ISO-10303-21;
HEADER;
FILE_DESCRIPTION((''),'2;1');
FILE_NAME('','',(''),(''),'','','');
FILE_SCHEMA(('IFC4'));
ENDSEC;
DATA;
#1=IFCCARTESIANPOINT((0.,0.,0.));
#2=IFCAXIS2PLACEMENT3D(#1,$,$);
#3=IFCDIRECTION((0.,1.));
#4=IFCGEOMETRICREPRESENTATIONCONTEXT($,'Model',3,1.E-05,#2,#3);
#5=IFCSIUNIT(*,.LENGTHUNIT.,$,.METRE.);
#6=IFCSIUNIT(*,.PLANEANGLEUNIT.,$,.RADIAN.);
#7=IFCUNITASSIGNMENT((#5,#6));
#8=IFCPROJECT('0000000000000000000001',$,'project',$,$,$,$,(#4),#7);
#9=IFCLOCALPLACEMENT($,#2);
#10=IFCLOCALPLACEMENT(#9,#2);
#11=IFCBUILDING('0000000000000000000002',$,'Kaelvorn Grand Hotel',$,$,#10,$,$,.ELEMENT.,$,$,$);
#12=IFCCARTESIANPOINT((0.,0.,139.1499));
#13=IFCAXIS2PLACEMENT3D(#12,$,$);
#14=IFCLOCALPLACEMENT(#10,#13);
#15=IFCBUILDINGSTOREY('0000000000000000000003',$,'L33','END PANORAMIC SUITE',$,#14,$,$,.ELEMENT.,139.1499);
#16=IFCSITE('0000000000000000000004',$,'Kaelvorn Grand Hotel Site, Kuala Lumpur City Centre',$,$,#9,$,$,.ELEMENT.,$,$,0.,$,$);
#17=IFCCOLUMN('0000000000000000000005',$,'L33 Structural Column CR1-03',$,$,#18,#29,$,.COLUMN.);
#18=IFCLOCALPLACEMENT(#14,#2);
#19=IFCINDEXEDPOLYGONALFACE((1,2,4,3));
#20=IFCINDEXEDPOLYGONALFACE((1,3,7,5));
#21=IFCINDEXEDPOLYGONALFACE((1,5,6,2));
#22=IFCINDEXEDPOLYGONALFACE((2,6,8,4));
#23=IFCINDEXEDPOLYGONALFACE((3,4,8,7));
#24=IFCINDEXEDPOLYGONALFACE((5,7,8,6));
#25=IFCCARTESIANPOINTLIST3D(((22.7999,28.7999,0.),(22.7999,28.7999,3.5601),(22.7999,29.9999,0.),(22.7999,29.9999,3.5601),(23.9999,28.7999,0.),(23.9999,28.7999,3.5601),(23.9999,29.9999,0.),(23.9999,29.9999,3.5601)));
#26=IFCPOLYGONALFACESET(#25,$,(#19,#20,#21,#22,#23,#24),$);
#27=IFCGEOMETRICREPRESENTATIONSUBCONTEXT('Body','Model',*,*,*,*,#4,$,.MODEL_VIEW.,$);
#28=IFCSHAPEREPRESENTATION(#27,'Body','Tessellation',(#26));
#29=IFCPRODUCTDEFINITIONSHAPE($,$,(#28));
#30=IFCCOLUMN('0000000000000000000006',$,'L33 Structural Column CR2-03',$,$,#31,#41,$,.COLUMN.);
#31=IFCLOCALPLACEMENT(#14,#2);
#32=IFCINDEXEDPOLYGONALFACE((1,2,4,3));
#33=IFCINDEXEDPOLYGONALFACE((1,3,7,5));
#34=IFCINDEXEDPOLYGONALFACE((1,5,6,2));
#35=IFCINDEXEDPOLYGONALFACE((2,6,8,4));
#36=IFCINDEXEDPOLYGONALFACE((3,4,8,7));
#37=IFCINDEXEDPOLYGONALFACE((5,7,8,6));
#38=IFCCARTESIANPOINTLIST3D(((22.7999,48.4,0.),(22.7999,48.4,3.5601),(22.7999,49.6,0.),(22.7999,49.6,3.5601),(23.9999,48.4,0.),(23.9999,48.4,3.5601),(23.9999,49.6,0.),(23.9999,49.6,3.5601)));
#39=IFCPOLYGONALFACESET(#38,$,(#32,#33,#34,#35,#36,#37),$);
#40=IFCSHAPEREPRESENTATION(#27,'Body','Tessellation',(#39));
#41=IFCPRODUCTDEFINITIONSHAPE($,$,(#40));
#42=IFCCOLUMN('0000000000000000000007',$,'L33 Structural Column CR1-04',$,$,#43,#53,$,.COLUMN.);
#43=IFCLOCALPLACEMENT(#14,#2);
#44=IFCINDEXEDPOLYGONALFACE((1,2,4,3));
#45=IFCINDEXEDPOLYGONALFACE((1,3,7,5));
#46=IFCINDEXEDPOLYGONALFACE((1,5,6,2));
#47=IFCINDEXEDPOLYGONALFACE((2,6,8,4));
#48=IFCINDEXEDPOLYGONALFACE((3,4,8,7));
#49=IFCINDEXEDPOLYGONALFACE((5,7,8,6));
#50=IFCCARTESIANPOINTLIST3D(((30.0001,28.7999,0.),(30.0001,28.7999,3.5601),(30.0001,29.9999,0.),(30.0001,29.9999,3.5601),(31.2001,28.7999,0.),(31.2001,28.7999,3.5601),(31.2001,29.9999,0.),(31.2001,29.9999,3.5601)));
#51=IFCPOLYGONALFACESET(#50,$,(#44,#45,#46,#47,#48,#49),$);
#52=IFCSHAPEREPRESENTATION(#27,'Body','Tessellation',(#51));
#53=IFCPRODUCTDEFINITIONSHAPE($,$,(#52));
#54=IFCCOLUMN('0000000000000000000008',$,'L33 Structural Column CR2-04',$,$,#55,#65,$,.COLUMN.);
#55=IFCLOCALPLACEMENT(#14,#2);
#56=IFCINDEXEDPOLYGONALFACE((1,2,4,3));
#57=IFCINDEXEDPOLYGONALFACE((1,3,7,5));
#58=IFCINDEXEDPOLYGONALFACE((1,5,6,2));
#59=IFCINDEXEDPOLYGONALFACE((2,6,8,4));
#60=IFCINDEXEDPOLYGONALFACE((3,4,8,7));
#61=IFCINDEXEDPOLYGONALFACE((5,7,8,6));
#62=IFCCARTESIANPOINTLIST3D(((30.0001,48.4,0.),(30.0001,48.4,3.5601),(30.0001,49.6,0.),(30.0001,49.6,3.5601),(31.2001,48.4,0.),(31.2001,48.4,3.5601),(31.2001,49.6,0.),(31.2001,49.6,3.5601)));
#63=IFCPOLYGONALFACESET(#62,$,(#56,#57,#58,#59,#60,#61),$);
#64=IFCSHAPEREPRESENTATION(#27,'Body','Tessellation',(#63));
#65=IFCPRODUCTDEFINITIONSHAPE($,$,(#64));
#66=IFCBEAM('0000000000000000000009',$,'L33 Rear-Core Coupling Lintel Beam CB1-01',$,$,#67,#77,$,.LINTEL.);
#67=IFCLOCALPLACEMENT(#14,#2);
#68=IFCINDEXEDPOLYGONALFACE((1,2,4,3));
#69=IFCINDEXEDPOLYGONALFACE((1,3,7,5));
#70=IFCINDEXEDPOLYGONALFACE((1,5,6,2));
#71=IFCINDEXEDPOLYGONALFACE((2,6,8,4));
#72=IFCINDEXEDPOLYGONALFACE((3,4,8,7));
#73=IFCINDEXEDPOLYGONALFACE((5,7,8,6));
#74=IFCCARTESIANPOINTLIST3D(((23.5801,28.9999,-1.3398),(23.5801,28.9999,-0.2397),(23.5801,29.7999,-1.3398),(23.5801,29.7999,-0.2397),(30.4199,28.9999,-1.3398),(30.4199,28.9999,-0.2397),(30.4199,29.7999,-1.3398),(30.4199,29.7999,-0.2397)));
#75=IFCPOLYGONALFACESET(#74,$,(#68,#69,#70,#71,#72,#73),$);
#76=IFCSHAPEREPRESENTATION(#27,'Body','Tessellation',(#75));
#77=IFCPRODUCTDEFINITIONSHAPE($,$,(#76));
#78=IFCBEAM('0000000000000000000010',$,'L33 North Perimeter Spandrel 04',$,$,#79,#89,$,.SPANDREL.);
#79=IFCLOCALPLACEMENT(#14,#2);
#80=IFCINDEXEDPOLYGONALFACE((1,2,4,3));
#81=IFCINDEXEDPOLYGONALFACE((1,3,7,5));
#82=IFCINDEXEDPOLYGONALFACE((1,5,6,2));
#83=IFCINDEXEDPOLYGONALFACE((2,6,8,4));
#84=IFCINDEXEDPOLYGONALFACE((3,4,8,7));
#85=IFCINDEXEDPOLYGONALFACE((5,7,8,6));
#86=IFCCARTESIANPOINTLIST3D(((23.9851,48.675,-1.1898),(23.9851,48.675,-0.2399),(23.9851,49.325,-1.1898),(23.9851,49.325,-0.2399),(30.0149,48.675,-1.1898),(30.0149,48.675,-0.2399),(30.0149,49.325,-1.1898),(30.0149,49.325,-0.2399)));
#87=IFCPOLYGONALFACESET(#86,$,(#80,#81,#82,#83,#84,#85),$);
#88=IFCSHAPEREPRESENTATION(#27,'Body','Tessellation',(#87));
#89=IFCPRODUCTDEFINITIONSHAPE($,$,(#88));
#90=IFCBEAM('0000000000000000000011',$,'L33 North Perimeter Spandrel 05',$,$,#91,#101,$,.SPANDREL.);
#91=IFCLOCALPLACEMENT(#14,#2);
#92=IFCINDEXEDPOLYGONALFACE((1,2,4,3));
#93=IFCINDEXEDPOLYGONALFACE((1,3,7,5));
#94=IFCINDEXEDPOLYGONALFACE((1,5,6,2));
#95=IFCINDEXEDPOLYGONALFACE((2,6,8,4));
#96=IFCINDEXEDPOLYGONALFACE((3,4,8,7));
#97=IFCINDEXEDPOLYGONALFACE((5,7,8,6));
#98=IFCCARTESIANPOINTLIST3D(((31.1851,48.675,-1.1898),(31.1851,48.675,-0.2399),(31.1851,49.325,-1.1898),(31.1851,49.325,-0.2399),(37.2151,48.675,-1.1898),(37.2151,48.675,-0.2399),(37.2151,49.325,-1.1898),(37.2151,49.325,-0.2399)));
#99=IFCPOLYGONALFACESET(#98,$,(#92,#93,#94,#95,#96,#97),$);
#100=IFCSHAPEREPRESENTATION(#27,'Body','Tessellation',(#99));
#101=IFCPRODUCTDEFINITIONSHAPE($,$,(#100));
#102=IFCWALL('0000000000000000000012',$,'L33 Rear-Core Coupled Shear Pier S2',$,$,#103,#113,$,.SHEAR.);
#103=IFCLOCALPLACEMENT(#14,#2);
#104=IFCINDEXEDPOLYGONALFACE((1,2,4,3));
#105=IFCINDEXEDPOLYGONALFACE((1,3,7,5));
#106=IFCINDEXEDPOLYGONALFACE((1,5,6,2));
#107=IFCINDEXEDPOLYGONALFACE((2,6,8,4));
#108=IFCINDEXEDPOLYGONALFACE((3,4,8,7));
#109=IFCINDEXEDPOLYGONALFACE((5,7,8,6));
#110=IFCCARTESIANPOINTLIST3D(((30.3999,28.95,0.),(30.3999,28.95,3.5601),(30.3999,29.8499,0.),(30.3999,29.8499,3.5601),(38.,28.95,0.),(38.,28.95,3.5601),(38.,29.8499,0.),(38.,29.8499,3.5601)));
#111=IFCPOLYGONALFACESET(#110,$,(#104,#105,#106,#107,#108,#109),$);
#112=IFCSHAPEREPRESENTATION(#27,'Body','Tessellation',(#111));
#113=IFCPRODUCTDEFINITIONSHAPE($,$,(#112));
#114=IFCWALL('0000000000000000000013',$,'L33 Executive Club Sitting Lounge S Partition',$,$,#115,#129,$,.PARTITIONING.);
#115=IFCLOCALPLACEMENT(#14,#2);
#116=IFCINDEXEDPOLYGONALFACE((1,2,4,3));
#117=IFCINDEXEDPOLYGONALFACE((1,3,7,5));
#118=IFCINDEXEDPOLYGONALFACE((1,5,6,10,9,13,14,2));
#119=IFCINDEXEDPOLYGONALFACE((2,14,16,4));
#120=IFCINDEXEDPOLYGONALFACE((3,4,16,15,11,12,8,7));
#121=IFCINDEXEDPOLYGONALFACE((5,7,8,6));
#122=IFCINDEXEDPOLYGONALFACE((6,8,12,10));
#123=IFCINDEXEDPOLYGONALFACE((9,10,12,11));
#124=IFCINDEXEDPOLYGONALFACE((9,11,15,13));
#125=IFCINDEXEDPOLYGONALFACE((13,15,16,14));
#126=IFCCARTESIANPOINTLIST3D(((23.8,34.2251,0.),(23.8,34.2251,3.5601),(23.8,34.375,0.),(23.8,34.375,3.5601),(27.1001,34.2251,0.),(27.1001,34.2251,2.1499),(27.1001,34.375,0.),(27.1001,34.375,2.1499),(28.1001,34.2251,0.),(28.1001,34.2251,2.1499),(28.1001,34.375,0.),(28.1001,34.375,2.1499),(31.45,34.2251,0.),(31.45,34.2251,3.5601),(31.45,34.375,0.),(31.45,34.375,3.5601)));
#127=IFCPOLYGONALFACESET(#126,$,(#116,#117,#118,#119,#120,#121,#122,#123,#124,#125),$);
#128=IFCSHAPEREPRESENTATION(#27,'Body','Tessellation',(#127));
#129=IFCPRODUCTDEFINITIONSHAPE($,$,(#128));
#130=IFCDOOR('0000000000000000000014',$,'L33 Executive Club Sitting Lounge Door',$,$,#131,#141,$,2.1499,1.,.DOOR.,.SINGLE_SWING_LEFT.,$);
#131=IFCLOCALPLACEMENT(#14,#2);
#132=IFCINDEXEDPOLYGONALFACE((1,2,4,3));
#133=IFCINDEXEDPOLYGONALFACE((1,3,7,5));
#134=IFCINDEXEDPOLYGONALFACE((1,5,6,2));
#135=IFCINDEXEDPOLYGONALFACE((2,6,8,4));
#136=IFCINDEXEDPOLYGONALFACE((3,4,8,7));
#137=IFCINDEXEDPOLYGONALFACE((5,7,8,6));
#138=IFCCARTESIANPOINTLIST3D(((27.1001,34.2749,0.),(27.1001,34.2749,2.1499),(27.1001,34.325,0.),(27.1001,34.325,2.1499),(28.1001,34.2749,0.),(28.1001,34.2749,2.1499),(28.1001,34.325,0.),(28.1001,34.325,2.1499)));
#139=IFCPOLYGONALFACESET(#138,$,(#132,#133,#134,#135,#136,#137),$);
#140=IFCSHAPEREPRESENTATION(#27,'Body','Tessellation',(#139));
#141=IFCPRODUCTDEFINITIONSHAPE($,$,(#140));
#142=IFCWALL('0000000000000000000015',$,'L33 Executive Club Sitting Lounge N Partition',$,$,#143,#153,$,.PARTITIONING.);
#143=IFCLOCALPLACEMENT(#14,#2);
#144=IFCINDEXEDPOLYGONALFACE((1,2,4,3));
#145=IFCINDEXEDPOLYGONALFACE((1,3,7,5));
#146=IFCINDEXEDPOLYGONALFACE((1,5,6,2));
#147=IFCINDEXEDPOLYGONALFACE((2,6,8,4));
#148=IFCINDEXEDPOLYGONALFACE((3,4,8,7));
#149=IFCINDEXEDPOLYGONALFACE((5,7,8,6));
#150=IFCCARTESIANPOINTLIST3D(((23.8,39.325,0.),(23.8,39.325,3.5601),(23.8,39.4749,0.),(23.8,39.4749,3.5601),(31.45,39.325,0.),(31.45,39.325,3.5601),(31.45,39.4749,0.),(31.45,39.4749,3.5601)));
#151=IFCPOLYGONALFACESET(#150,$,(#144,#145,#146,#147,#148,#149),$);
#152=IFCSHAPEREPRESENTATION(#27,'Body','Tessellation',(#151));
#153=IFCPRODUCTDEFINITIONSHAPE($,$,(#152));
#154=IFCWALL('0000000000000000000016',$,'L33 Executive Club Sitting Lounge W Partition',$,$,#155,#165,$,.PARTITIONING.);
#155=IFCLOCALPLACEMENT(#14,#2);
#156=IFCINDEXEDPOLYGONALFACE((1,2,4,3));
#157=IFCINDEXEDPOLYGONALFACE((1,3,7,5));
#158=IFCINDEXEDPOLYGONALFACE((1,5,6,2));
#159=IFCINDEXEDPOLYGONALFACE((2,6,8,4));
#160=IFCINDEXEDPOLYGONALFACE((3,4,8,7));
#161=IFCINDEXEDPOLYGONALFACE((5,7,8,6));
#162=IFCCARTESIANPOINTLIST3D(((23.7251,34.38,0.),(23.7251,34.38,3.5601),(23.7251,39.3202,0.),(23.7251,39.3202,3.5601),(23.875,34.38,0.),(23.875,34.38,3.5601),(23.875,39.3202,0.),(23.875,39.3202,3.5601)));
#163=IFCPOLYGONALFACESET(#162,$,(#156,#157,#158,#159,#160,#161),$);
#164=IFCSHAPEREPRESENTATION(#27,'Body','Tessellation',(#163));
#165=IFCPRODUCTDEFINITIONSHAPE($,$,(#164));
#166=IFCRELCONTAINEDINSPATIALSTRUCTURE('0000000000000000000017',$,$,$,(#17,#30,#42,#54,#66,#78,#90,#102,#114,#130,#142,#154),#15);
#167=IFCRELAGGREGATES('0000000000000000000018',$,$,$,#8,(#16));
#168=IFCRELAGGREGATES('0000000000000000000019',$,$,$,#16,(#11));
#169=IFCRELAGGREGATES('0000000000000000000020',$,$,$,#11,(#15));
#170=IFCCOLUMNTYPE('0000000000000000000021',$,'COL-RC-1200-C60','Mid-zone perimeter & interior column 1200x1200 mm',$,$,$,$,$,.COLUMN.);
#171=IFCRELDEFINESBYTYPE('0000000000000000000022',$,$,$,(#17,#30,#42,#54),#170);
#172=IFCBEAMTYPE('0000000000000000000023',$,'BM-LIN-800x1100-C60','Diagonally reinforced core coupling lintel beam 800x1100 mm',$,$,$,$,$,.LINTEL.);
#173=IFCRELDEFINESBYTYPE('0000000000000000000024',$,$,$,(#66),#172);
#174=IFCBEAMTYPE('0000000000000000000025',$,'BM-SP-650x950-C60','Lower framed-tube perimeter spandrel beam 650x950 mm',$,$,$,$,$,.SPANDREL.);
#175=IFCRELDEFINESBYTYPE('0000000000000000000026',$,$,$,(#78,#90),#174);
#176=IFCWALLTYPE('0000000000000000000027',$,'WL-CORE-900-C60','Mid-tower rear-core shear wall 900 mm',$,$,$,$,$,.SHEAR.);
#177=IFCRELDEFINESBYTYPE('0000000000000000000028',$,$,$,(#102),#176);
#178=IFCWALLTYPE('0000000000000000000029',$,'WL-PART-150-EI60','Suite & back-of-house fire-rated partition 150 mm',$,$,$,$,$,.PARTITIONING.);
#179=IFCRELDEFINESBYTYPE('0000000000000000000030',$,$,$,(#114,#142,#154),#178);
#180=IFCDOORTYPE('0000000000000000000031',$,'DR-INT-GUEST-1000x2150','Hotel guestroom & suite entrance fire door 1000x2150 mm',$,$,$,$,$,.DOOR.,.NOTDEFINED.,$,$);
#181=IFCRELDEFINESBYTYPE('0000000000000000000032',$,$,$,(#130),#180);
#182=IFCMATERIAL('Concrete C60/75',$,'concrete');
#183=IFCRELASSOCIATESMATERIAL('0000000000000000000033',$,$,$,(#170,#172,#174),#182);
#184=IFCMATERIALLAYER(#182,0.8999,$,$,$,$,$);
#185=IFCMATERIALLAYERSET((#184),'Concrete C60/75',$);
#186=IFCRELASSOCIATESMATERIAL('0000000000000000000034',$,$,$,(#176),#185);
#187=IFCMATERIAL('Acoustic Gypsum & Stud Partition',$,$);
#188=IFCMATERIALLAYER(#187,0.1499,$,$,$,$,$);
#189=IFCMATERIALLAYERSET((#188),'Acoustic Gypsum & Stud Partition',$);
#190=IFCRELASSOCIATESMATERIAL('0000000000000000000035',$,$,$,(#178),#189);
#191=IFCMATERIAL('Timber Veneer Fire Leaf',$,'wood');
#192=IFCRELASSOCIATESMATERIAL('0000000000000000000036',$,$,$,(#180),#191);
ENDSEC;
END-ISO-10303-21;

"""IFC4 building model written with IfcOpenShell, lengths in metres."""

from ifc_helpers import new_model, si_unit, direction, frame, frame_2d, origin, origin_2d, place, context, subcontext, project, spatial, rectangle, extrude, material, layer, layer_set, material_profile, profile_set, type_object, element, fill, save


model = new_model("IFC4")

# Units and contexts
model_context = context("Model", 3, precision=1e-05, world=origin(), true_north=direction((0.0, 1.0)))
body_context = subcontext(model_context, "Body", "Model", "MODEL_VIEW")
ifc_project = project(units=[si_unit("LENGTHUNIT", "METRE"), si_unit("PLANEANGLEUNIT", "RADIAN")], contexts=[model_context])

# Site, building, storey
site_placement = place(None, origin())
site = spatial("IfcSite", under=ifc_project, at=site_placement, Name="Kaelvorn Grand Hotel Site, Kuala Lumpur City Centre", CompositionType="ELEMENT", RefElevation=0.0)
building_placement = place(site_placement, origin())
building = spatial("IfcBuilding", under=site, at=building_placement, Name="Kaelvorn Grand Hotel", CompositionType="ELEMENT")
storey_placement = place(building_placement, frame((0.0, 0.0, 139.1499)))
storey = spatial("IfcBuildingStorey", under=building, at=storey_placement, Name="L33", Description="END PANORAMIC SUITE", CompositionType="ELEMENT", Elevation=139.1499)

# Columns
ifc_material_1 = material(Name="Concrete C60/75", Category="concrete")
ifc_material_profile_1 = material_profile(ifc_material_1, rectangle(XDim=1.2, YDim=1.2, at=origin_2d()), Name="RC COL 1200x1200")
ifc_profile_set_1 = profile_set([ifc_material_profile_1], Name="Concrete C60/75")
column_type = type_object("IfcColumnType", Name="COL-RC-1200-C60", Description="Mid-zone perimeter & interior column 1200x1200 mm", PredefinedType="COLUMN", material=ifc_profile_set_1)
for number, where, z_axis, x_axis, name in (
    (1, (23.3999, 29.3999, 0.0), (0.0, 0.0, 1.0), (1.0, 0.0, 0.0), "L33 Structural Column CR1-03"),
    (2, (23.3999, 49.0, 0.0), (0.0, 0.0, 1.0), (1.0, 0.0, 0.0), "L33 Structural Column CR2-03"),
    (3, (30.6001, 29.3999, 0.0), (0.0, 0.0, 1.0), (1.0, 0.0, 0.0), "L33 Structural Column CR1-04"),
    (4, (30.6001, 49.0, 0.0), (0.0, 0.0, 1.0), (1.0, 0.0, 0.0), "L33 Structural Column CR2-04"),
):
    element("IfcColumn", number, at=place(storey_placement, frame(where, z_axis=z_axis, x_axis=x_axis)), inside=storey, type_object=column_type, Name=name, PredefinedType="COLUMN", context=body_context, shape_type="SweptSolid", body=[
        extrude(rectangle(XDim=1.2, YDim=1.2, at=origin_2d()), origin(), (0.0, 0.0, 1.0), 3.5601),
    ])

# Beams
ifc_material_profile_2 = material_profile(ifc_material_1, rectangle(XDim=0.8, YDim=1.1001, at=origin_2d()), Name="RC LINTEL 800x1100")
ifc_profile_set_2 = profile_set([ifc_material_profile_2], Name="Concrete C60/75")
beam_type_1 = type_object("IfcBeamType", Name="BM-LIN-800x1100-C60", Description="Diagonally reinforced core coupling lintel beam 800x1100 mm", PredefinedType="LINTEL", material=ifc_profile_set_2)
beam_1_placement = place(storey_placement, frame((23.5801, 29.3999, -0.7898), z_axis=(1.0, 0.0, 0.0), x_axis=(0.0, 1.0, 0.0)))
element("IfcBeam", 5, at=beam_1_placement, inside=storey, type_object=beam_type_1, Name="L33 Rear-Core Coupling Lintel Beam CB1-01", PredefinedType="LINTEL", context=body_context, shape_type="SweptSolid", body=[
    extrude(rectangle(XDim=0.8, YDim=1.1001, at=origin_2d()), origin(), (0.0, 0.0, 1.0), 6.8398),
])
ifc_material_profile_3 = material_profile(ifc_material_1, rectangle(XDim=0.6499, YDim=0.95, at=origin_2d()), Name="RC SPANDREL 650x950")
ifc_profile_set_3 = profile_set([ifc_material_profile_3], Name="Concrete C60/75")
beam_type_2 = type_object("IfcBeamType", Name="BM-SP-650x950-C60", Description="Lower framed-tube perimeter spandrel beam 650x950 mm", PredefinedType="SPANDREL", material=ifc_profile_set_3)
beam_2_placement = place(storey_placement, frame((23.9851, 49.0, -0.7148), z_axis=(1.0, 0.0, 0.0), x_axis=(0.0, 1.0, 0.0)))
element("IfcBeam", 6, at=beam_2_placement, inside=storey, type_object=beam_type_2, Name="L33 North Perimeter Spandrel 04", PredefinedType="SPANDREL", context=body_context, shape_type="SweptSolid", body=[
    extrude(rectangle(XDim=0.6499, YDim=0.95, at=origin_2d()), origin(), (0.0, 0.0, 1.0), 6.0298),
])
beam_3_placement = place(storey_placement, frame((31.1851, 49.0, -0.7148), z_axis=(1.0, 0.0, 0.0), x_axis=(0.0, 1.0, 0.0)))
element("IfcBeam", 7, at=beam_3_placement, inside=storey, type_object=beam_type_2, Name="L33 North Perimeter Spandrel 05", PredefinedType="SPANDREL", context=body_context, shape_type="SweptSolid", body=[
    extrude(rectangle(XDim=0.6499, YDim=0.95, at=origin_2d()), origin(), (0.0, 0.0, 1.0), 6.03),
])

# Wall
ifc_layer_1 = layer(ifc_material_1, 0.8999)
ifc_layer_set_1 = layer_set([ifc_layer_1], Name="Concrete C60/75")
wall_type_1 = type_object("IfcWallType", Name="WL-CORE-900-C60", Description="Mid-tower rear-core shear wall 900 mm", PredefinedType="SHEAR", material=ifc_layer_set_1)
wall_1_placement = place(storey_placement, frame((30.3999, 29.3999, 0.0), z_axis=(0.0, 0.0, 1.0), x_axis=(1.0, 0.0, 0.0)))
element("IfcWall", 8, at=wall_1_placement, inside=storey, type_object=wall_type_1, Name="L33 Rear-Core Coupled Shear Pier S2", PredefinedType="SHEAR", context=body_context, shape_type="SweptSolid", body=[
    extrude(rectangle(XDim=7.6001, YDim=0.8999, at=frame_2d((3.8, 0.0))), origin(), (0.0, 0.0, 1.0), 3.5601),
])

# Wall, opening, door
ifc_material_2 = material(Name="Acoustic Gypsum & Stud Partition")
ifc_layer_2 = layer(ifc_material_2, 0.1499)
ifc_layer_set_2 = layer_set([ifc_layer_2], Name="Acoustic Gypsum & Stud Partition")
wall_type_2 = type_object("IfcWallType", Name="WL-PART-150-EI60", Description="Suite & back-of-house fire-rated partition 150 mm", PredefinedType="PARTITIONING", material=ifc_layer_set_2)
wall_2_placement = place(storey_placement, frame((23.8, 34.3, 0.0), z_axis=(0.0, 0.0, 1.0), x_axis=(1.0, 0.0, 0.0)))
wall_2 = element("IfcWall", 9, at=wall_2_placement, inside=storey, type_object=wall_type_2, Name="L33 Executive Club Sitting Lounge S Partition", PredefinedType="PARTITIONING", context=body_context, shape_type="SweptSolid", body=[
    extrude(rectangle(XDim=7.6499, YDim=0.1499, at=frame_2d((3.825, 0.0))), origin(), (0.0, 0.0, 1.0), 3.5601),
])
opening_1_placement = place(wall_2_placement, frame((3.3, 0.0, 0.0)))
opening_1 = element("IfcOpeningElement", 10, at=opening_1_placement, cuts=wall_2, PredefinedType="OPENING", context=body_context, shape_type="SweptSolid", body=[
    extrude(rectangle(XDim=1.0, YDim=2.1499, at=frame_2d((0.5, 1.075))), frame((0.0, 0.085, 0.0), z_axis=(0.0, -1.0, 0.0), x_axis=(1.0, 0.0, 0.0)), (0.0, 0.0, 1.0), 0.1699),
])
ifc_material_3 = material(Name="Timber Veneer Fire Leaf", Category="wood")
door_type_1 = type_object("IfcDoorType", Name="DR-INT-GUEST-1000x2150", Description="Hotel guestroom & suite entrance fire door 1000x2150 mm", OperationType="NOTDEFINED", PredefinedType="DOOR", material=ifc_material_3)
door_1_placement = place(opening_1_placement, origin())
door_1 = element("IfcDoor", 11, at=door_1_placement, inside=storey, type_object=door_type_1, Name="L33 Executive Club Sitting Lounge Door", OperationType="SINGLE_SWING_LEFT", OverallHeight=2.1499, OverallWidth=1.0, PredefinedType="DOOR", context=body_context, shape_type="SweptSolid", body=[
    extrude(rectangle(XDim=1.0, YDim=2.1499, at=frame_2d((0.5, 1.075))), frame((0.0, 0.0249, 0.0), z_axis=(0.0, -1.0, 0.0), x_axis=(1.0, 0.0, 0.0)), (0.0, 0.0, 1.0), 0.05),
])
fill(opening_1, door_1)

# Walls
wall_3_placement = place(storey_placement, frame((23.8, 39.3999, 0.0), z_axis=(0.0, 0.0, 1.0), x_axis=(1.0, 0.0, 0.0)))
element("IfcWall", 12, at=wall_3_placement, inside=storey, type_object=wall_type_2, Name="L33 Executive Club Sitting Lounge N Partition", PredefinedType="PARTITIONING", context=body_context, shape_type="SweptSolid", body=[
    extrude(rectangle(XDim=7.6499, YDim=0.1499, at=frame_2d((3.825, 0.0))), origin(), (0.0, 0.0, 1.0), 3.5601),
])
wall_4_placement = place(storey_placement, frame((23.8, 34.3799, 0.0), z_axis=(0.0, 0.0, 1.0), x_axis=(0.0, 1.0, 0.0)))
element("IfcWall", 13, at=wall_4_placement, inside=storey, type_object=wall_type_2, Name="L33 Executive Club Sitting Lounge W Partition", PredefinedType="PARTITIONING", context=body_context, shape_type="SweptSolid", body=[
    extrude(rectangle(XDim=4.9402, YDim=0.1499, at=frame_2d((2.4702, 0.0))), origin(), (0.0, 0.0, 1.0), 3.5601),
])

save(model, "model.ifc")
